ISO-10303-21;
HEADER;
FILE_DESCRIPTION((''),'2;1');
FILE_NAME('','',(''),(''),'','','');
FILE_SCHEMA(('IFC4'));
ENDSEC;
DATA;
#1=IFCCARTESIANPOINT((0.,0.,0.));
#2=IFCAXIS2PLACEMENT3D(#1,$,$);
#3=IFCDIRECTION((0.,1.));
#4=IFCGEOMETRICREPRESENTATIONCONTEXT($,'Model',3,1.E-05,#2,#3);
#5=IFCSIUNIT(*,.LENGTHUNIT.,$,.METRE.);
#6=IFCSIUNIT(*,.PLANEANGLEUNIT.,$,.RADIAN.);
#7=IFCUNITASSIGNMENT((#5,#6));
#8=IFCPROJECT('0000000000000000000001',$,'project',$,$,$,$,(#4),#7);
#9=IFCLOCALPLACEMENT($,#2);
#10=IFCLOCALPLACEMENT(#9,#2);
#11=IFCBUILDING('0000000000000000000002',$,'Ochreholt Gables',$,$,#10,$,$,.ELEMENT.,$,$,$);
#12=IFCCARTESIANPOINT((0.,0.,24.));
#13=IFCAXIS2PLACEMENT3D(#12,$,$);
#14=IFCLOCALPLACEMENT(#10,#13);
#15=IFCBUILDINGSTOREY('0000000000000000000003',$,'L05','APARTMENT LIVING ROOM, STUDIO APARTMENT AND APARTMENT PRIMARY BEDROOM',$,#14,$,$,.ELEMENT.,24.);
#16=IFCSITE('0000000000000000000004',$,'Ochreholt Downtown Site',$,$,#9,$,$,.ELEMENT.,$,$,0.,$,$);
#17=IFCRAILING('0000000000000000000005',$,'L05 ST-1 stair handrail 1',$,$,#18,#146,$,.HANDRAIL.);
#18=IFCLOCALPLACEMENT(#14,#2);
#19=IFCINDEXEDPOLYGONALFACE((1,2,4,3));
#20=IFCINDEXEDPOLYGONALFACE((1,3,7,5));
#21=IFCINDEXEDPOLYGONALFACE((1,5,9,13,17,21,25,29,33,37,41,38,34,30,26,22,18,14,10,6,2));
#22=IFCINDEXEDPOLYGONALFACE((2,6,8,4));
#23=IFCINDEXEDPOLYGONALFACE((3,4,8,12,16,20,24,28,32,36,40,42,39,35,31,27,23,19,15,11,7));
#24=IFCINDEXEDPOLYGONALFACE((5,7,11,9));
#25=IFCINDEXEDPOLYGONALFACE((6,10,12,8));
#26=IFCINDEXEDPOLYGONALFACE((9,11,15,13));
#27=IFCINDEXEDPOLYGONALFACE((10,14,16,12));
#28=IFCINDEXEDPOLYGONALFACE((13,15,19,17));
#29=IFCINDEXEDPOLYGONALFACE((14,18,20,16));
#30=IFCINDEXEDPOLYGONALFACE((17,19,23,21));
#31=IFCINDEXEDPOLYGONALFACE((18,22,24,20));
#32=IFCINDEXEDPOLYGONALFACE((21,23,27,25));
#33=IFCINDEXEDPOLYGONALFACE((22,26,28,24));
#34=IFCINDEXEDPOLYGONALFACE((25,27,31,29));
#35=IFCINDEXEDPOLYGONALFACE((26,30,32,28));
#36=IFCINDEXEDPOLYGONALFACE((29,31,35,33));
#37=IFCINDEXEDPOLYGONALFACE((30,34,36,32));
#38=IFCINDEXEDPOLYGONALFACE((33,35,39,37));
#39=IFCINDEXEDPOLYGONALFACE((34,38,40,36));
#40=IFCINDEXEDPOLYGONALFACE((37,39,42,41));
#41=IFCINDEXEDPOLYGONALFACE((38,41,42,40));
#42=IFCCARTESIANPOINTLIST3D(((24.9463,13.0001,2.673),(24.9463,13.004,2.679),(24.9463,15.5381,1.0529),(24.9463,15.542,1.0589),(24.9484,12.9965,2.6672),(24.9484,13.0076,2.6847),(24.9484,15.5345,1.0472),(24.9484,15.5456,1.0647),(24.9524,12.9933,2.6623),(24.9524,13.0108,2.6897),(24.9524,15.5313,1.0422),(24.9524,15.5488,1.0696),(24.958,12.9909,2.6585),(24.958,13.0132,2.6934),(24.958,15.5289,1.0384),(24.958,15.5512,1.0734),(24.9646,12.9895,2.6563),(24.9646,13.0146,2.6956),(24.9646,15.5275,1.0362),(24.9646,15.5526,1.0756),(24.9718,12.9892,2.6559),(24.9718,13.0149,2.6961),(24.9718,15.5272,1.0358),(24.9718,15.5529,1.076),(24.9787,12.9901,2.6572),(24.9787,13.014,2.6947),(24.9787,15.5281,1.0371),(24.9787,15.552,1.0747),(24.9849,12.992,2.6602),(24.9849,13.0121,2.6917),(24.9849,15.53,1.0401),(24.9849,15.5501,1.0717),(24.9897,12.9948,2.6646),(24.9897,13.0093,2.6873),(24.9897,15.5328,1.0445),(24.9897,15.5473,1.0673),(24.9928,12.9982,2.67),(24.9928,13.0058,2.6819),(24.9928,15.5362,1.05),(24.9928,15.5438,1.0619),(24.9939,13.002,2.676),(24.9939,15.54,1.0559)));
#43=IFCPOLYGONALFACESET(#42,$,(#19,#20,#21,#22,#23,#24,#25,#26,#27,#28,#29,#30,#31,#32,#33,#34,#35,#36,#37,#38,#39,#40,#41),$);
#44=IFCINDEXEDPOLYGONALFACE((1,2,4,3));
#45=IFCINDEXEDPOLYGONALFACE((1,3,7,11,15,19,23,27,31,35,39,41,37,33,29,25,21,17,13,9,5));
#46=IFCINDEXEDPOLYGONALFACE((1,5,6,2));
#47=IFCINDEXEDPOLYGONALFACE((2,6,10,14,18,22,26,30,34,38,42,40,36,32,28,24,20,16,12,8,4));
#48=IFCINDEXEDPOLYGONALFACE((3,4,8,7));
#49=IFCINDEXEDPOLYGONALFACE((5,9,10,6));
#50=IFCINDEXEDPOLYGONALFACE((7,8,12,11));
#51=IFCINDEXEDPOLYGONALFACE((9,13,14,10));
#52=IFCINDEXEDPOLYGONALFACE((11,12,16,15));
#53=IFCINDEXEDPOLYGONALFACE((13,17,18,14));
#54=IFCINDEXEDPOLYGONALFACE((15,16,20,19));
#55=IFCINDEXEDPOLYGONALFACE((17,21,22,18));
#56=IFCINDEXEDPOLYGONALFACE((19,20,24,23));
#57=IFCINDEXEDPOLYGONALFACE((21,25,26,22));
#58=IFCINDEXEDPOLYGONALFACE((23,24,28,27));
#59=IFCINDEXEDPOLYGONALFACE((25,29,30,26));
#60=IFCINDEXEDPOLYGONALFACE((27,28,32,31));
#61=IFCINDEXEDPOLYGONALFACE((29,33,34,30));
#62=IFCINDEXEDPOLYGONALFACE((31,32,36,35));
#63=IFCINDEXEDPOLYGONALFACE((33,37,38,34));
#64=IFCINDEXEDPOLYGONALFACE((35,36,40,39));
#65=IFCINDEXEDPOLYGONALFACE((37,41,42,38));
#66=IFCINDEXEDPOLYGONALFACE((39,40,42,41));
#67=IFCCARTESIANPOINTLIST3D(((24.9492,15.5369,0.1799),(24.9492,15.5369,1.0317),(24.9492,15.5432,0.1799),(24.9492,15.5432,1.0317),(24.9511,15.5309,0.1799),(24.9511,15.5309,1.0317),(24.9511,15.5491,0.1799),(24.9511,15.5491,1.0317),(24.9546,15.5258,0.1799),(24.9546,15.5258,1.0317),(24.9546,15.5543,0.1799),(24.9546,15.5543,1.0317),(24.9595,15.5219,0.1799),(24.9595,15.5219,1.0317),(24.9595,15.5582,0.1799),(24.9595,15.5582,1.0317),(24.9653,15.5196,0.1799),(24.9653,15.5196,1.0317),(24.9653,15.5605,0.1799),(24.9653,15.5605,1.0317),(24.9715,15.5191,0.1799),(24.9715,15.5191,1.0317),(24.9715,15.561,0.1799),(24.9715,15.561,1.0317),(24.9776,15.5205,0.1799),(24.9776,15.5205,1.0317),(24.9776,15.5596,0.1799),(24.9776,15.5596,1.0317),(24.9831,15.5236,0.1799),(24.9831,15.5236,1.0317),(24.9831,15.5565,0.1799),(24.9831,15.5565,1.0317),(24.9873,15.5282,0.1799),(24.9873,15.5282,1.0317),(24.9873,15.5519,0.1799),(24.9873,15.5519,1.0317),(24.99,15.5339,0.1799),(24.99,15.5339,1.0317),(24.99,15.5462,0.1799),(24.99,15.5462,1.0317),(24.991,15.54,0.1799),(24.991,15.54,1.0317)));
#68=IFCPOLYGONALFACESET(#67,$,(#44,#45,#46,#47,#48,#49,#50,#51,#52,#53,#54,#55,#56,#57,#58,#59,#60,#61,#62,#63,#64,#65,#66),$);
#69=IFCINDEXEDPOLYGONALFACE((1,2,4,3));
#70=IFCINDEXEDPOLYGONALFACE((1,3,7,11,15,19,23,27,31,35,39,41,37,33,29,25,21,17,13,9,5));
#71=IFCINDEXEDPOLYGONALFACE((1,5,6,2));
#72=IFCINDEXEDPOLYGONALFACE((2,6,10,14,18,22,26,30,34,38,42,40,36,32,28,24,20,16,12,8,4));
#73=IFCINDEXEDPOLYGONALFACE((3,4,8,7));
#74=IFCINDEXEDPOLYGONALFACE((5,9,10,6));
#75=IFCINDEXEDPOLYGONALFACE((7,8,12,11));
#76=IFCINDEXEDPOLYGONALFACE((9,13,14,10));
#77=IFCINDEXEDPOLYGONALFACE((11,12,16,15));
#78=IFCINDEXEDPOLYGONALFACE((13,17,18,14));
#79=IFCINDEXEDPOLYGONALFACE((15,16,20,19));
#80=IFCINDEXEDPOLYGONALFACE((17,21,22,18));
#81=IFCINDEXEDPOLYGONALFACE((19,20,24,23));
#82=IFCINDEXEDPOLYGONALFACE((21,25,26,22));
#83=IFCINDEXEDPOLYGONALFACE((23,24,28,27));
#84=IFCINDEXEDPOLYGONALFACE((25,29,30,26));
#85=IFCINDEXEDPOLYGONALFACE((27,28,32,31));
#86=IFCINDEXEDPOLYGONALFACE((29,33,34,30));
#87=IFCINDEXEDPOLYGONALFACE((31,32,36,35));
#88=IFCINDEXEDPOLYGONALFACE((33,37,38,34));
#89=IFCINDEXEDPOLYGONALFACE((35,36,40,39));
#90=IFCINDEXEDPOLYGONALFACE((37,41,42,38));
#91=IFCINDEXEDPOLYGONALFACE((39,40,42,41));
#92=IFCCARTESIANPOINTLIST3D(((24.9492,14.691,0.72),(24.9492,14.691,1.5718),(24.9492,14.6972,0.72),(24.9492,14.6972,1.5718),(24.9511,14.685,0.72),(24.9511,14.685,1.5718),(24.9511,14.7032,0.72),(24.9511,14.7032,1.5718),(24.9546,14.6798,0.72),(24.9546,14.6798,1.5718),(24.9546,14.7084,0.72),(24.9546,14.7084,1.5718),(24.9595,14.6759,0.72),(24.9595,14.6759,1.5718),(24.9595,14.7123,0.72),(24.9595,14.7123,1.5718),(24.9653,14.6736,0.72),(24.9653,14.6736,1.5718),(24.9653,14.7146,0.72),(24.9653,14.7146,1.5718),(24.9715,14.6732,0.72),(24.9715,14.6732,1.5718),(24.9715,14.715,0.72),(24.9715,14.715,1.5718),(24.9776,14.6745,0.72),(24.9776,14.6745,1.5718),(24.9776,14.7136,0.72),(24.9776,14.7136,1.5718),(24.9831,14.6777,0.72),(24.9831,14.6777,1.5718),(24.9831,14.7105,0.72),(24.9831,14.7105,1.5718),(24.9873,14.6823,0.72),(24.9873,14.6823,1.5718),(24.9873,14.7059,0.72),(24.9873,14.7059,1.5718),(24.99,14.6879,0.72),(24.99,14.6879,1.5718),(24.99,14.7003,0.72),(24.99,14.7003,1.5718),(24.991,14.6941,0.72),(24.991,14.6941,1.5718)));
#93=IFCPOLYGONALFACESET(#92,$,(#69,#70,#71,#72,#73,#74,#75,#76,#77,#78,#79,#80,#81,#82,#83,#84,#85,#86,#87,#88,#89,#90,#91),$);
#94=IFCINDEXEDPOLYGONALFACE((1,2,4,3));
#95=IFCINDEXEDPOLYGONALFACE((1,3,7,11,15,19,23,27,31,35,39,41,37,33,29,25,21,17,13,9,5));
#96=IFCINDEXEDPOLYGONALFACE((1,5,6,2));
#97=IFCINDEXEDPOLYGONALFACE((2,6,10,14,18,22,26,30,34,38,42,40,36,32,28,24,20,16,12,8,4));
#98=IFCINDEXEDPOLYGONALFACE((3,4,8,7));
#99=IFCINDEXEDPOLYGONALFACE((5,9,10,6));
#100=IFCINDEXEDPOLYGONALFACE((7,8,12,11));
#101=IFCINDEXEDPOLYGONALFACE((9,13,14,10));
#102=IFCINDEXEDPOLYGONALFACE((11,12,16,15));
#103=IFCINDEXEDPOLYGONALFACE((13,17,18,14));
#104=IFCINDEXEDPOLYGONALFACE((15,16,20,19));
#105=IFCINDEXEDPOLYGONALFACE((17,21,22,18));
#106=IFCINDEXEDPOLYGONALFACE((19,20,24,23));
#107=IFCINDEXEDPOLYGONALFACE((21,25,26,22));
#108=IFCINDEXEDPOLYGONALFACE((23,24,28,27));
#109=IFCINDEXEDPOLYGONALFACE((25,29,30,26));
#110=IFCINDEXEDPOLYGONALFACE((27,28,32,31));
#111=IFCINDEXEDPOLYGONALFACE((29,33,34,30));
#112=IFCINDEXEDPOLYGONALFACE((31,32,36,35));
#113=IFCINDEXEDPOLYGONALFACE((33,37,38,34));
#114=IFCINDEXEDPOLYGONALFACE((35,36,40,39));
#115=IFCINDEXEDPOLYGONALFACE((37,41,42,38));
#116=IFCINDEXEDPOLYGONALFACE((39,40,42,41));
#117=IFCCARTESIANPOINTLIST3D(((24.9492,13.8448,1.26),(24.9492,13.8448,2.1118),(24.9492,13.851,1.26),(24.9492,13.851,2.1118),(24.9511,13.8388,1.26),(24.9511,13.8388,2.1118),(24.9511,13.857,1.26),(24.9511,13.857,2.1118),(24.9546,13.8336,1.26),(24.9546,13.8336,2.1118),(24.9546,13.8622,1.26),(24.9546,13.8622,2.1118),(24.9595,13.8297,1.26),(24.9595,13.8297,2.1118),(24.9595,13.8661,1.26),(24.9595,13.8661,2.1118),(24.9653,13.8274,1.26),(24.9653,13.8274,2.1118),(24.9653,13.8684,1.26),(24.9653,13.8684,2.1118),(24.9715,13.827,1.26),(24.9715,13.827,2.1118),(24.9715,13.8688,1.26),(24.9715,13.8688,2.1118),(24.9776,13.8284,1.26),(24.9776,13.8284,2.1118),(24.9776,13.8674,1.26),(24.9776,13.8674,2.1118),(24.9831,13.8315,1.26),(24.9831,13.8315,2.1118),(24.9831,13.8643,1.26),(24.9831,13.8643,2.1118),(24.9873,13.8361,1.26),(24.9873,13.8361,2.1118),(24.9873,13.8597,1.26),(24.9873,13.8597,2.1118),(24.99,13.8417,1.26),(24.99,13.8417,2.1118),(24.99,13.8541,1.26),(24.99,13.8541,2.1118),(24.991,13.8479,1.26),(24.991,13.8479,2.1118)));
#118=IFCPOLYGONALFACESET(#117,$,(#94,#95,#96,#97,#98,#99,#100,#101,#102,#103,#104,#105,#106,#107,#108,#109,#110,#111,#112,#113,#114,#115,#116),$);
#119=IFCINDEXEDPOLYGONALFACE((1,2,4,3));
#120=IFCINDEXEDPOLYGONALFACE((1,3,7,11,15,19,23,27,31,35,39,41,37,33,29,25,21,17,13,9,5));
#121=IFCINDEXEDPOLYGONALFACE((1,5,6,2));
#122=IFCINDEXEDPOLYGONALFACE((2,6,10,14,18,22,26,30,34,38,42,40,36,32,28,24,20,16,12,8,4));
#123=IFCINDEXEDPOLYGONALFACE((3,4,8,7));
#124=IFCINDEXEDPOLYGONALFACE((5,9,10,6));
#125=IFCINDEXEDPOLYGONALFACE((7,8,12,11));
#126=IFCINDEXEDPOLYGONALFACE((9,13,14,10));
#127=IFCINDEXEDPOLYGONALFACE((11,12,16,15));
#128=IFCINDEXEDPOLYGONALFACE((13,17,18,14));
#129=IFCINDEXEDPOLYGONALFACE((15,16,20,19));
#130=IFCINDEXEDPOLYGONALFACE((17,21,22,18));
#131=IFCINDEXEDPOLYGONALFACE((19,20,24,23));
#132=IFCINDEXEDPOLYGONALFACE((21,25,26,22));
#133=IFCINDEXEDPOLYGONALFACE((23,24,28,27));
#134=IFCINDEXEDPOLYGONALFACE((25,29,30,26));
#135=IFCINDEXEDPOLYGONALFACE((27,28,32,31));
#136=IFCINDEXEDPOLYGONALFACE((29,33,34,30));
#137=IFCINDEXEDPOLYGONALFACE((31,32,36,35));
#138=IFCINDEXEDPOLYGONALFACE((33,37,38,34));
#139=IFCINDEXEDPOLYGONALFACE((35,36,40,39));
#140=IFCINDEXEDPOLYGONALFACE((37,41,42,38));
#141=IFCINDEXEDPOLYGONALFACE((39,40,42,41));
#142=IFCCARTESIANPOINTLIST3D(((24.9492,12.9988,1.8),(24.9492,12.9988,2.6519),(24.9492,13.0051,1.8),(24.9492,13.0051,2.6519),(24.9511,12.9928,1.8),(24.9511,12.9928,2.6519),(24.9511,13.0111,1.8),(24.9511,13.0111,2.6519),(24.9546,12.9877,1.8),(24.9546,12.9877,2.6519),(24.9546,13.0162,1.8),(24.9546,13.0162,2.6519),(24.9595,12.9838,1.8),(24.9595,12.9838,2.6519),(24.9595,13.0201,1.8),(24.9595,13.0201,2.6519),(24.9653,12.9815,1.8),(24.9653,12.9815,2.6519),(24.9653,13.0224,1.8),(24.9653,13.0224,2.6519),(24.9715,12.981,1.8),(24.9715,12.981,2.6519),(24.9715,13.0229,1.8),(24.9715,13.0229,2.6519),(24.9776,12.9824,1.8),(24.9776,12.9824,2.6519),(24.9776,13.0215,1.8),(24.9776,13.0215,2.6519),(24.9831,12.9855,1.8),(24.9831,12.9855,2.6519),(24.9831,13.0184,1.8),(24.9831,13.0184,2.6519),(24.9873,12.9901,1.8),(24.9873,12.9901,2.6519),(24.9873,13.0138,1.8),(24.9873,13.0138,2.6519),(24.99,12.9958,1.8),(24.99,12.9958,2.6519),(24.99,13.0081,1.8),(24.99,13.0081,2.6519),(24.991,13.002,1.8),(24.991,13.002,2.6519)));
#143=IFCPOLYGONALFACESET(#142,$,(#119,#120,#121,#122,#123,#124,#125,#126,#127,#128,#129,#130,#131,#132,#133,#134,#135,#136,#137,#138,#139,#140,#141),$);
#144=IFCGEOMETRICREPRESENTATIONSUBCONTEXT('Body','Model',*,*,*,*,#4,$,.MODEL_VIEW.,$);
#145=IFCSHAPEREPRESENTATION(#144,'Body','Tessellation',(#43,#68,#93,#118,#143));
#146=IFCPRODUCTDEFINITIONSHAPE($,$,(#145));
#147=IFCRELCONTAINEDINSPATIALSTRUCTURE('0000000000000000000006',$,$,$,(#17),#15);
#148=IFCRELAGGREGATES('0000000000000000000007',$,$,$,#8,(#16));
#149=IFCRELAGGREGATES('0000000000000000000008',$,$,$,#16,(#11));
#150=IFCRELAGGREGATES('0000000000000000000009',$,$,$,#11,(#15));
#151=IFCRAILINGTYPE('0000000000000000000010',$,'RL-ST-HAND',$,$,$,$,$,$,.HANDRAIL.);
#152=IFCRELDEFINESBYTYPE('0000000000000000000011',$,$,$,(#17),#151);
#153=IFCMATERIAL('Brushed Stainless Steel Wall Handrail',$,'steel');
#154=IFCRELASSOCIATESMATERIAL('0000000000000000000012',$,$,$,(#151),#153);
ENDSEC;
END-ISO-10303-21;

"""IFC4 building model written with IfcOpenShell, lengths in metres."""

from ifc_helpers import new_model, si_unit, direction, frame, origin, origin_2d, place, context, subcontext, project, spatial, circle, extrude, material, type_object, element, save


model = new_model("IFC4")

# Units and contexts
model_context = context("Model", 3, precision=1e-05, world=origin(), true_north=direction((0.0, 1.0)))
body_context = subcontext(model_context, "Body", "Model", "MODEL_VIEW")
ifc_project = project(units=[si_unit("LENGTHUNIT", "METRE"), si_unit("PLANEANGLEUNIT", "RADIAN")], contexts=[model_context])

# Site, building, storey
site_placement = place(None, origin())
site = spatial("IfcSite", under=ifc_project, at=site_placement, Name="Ochreholt Downtown Site", CompositionType="ELEMENT", RefElevation=0.0)
building_placement = place(site_placement, origin())
building = spatial("IfcBuilding", under=site, at=building_placement, Name="Ochreholt Gables", CompositionType="ELEMENT")
storey_placement = place(building_placement, frame((0.0, 0.0, 24.0)))
storey = spatial("IfcBuildingStorey", under=building, at=storey_placement, Name="L05", Description="APARTMENT LIVING ROOM, STUDIO APARTMENT AND APARTMENT PRIMARY BEDROOM", CompositionType="ELEMENT", Elevation=24.0)

# Railing
ifc_material_1 = material(Name="Brushed Stainless Steel Wall Handrail", Category="steel")
railing_type_1 = type_object("IfcRailingType", Name="RL-ST-HAND", PredefinedType="HANDRAIL", material=ifc_material_1)
railing_1_placement = place(storey_placement, frame((24.97, 15.54, 0.1799)))
element("IfcRailing", 1, at=railing_1_placement, inside=storey, type_object=railing_type_1, Name="L05 ST-1 stair handrail 1", PredefinedType="HANDRAIL", context=body_context, shape_type="SweptSolid", body=[
    extrude(circle(Radius=0.0239, at=origin_2d()), frame((0.0, 0.0, 0.876), z_axis=(0.0, -0.842913, 0.53805), x_axis=(1.0, 0.0, 0.0)), (0.0, 0.0, 1.0), 3.011),
    extrude(circle(Radius=0.021, at=origin_2d()), origin(), (0.0, 0.0, 1.0), 0.8518),
    extrude(circle(Radius=0.021, at=origin_2d()), frame((0.0, -0.8459, 0.54)), (0.0, 0.0, 1.0), 0.8518),
    extrude(circle(Radius=0.021, at=origin_2d()), frame((0.0, -1.6921, 1.0801)), (0.0, 0.0, 1.0), 0.8518),
    extrude(circle(Radius=0.021, at=origin_2d()), frame((0.0, -2.5381, 1.6201)), (0.0, 0.0, 1.0), 0.8518),
])

save(model, "model.ifc")
